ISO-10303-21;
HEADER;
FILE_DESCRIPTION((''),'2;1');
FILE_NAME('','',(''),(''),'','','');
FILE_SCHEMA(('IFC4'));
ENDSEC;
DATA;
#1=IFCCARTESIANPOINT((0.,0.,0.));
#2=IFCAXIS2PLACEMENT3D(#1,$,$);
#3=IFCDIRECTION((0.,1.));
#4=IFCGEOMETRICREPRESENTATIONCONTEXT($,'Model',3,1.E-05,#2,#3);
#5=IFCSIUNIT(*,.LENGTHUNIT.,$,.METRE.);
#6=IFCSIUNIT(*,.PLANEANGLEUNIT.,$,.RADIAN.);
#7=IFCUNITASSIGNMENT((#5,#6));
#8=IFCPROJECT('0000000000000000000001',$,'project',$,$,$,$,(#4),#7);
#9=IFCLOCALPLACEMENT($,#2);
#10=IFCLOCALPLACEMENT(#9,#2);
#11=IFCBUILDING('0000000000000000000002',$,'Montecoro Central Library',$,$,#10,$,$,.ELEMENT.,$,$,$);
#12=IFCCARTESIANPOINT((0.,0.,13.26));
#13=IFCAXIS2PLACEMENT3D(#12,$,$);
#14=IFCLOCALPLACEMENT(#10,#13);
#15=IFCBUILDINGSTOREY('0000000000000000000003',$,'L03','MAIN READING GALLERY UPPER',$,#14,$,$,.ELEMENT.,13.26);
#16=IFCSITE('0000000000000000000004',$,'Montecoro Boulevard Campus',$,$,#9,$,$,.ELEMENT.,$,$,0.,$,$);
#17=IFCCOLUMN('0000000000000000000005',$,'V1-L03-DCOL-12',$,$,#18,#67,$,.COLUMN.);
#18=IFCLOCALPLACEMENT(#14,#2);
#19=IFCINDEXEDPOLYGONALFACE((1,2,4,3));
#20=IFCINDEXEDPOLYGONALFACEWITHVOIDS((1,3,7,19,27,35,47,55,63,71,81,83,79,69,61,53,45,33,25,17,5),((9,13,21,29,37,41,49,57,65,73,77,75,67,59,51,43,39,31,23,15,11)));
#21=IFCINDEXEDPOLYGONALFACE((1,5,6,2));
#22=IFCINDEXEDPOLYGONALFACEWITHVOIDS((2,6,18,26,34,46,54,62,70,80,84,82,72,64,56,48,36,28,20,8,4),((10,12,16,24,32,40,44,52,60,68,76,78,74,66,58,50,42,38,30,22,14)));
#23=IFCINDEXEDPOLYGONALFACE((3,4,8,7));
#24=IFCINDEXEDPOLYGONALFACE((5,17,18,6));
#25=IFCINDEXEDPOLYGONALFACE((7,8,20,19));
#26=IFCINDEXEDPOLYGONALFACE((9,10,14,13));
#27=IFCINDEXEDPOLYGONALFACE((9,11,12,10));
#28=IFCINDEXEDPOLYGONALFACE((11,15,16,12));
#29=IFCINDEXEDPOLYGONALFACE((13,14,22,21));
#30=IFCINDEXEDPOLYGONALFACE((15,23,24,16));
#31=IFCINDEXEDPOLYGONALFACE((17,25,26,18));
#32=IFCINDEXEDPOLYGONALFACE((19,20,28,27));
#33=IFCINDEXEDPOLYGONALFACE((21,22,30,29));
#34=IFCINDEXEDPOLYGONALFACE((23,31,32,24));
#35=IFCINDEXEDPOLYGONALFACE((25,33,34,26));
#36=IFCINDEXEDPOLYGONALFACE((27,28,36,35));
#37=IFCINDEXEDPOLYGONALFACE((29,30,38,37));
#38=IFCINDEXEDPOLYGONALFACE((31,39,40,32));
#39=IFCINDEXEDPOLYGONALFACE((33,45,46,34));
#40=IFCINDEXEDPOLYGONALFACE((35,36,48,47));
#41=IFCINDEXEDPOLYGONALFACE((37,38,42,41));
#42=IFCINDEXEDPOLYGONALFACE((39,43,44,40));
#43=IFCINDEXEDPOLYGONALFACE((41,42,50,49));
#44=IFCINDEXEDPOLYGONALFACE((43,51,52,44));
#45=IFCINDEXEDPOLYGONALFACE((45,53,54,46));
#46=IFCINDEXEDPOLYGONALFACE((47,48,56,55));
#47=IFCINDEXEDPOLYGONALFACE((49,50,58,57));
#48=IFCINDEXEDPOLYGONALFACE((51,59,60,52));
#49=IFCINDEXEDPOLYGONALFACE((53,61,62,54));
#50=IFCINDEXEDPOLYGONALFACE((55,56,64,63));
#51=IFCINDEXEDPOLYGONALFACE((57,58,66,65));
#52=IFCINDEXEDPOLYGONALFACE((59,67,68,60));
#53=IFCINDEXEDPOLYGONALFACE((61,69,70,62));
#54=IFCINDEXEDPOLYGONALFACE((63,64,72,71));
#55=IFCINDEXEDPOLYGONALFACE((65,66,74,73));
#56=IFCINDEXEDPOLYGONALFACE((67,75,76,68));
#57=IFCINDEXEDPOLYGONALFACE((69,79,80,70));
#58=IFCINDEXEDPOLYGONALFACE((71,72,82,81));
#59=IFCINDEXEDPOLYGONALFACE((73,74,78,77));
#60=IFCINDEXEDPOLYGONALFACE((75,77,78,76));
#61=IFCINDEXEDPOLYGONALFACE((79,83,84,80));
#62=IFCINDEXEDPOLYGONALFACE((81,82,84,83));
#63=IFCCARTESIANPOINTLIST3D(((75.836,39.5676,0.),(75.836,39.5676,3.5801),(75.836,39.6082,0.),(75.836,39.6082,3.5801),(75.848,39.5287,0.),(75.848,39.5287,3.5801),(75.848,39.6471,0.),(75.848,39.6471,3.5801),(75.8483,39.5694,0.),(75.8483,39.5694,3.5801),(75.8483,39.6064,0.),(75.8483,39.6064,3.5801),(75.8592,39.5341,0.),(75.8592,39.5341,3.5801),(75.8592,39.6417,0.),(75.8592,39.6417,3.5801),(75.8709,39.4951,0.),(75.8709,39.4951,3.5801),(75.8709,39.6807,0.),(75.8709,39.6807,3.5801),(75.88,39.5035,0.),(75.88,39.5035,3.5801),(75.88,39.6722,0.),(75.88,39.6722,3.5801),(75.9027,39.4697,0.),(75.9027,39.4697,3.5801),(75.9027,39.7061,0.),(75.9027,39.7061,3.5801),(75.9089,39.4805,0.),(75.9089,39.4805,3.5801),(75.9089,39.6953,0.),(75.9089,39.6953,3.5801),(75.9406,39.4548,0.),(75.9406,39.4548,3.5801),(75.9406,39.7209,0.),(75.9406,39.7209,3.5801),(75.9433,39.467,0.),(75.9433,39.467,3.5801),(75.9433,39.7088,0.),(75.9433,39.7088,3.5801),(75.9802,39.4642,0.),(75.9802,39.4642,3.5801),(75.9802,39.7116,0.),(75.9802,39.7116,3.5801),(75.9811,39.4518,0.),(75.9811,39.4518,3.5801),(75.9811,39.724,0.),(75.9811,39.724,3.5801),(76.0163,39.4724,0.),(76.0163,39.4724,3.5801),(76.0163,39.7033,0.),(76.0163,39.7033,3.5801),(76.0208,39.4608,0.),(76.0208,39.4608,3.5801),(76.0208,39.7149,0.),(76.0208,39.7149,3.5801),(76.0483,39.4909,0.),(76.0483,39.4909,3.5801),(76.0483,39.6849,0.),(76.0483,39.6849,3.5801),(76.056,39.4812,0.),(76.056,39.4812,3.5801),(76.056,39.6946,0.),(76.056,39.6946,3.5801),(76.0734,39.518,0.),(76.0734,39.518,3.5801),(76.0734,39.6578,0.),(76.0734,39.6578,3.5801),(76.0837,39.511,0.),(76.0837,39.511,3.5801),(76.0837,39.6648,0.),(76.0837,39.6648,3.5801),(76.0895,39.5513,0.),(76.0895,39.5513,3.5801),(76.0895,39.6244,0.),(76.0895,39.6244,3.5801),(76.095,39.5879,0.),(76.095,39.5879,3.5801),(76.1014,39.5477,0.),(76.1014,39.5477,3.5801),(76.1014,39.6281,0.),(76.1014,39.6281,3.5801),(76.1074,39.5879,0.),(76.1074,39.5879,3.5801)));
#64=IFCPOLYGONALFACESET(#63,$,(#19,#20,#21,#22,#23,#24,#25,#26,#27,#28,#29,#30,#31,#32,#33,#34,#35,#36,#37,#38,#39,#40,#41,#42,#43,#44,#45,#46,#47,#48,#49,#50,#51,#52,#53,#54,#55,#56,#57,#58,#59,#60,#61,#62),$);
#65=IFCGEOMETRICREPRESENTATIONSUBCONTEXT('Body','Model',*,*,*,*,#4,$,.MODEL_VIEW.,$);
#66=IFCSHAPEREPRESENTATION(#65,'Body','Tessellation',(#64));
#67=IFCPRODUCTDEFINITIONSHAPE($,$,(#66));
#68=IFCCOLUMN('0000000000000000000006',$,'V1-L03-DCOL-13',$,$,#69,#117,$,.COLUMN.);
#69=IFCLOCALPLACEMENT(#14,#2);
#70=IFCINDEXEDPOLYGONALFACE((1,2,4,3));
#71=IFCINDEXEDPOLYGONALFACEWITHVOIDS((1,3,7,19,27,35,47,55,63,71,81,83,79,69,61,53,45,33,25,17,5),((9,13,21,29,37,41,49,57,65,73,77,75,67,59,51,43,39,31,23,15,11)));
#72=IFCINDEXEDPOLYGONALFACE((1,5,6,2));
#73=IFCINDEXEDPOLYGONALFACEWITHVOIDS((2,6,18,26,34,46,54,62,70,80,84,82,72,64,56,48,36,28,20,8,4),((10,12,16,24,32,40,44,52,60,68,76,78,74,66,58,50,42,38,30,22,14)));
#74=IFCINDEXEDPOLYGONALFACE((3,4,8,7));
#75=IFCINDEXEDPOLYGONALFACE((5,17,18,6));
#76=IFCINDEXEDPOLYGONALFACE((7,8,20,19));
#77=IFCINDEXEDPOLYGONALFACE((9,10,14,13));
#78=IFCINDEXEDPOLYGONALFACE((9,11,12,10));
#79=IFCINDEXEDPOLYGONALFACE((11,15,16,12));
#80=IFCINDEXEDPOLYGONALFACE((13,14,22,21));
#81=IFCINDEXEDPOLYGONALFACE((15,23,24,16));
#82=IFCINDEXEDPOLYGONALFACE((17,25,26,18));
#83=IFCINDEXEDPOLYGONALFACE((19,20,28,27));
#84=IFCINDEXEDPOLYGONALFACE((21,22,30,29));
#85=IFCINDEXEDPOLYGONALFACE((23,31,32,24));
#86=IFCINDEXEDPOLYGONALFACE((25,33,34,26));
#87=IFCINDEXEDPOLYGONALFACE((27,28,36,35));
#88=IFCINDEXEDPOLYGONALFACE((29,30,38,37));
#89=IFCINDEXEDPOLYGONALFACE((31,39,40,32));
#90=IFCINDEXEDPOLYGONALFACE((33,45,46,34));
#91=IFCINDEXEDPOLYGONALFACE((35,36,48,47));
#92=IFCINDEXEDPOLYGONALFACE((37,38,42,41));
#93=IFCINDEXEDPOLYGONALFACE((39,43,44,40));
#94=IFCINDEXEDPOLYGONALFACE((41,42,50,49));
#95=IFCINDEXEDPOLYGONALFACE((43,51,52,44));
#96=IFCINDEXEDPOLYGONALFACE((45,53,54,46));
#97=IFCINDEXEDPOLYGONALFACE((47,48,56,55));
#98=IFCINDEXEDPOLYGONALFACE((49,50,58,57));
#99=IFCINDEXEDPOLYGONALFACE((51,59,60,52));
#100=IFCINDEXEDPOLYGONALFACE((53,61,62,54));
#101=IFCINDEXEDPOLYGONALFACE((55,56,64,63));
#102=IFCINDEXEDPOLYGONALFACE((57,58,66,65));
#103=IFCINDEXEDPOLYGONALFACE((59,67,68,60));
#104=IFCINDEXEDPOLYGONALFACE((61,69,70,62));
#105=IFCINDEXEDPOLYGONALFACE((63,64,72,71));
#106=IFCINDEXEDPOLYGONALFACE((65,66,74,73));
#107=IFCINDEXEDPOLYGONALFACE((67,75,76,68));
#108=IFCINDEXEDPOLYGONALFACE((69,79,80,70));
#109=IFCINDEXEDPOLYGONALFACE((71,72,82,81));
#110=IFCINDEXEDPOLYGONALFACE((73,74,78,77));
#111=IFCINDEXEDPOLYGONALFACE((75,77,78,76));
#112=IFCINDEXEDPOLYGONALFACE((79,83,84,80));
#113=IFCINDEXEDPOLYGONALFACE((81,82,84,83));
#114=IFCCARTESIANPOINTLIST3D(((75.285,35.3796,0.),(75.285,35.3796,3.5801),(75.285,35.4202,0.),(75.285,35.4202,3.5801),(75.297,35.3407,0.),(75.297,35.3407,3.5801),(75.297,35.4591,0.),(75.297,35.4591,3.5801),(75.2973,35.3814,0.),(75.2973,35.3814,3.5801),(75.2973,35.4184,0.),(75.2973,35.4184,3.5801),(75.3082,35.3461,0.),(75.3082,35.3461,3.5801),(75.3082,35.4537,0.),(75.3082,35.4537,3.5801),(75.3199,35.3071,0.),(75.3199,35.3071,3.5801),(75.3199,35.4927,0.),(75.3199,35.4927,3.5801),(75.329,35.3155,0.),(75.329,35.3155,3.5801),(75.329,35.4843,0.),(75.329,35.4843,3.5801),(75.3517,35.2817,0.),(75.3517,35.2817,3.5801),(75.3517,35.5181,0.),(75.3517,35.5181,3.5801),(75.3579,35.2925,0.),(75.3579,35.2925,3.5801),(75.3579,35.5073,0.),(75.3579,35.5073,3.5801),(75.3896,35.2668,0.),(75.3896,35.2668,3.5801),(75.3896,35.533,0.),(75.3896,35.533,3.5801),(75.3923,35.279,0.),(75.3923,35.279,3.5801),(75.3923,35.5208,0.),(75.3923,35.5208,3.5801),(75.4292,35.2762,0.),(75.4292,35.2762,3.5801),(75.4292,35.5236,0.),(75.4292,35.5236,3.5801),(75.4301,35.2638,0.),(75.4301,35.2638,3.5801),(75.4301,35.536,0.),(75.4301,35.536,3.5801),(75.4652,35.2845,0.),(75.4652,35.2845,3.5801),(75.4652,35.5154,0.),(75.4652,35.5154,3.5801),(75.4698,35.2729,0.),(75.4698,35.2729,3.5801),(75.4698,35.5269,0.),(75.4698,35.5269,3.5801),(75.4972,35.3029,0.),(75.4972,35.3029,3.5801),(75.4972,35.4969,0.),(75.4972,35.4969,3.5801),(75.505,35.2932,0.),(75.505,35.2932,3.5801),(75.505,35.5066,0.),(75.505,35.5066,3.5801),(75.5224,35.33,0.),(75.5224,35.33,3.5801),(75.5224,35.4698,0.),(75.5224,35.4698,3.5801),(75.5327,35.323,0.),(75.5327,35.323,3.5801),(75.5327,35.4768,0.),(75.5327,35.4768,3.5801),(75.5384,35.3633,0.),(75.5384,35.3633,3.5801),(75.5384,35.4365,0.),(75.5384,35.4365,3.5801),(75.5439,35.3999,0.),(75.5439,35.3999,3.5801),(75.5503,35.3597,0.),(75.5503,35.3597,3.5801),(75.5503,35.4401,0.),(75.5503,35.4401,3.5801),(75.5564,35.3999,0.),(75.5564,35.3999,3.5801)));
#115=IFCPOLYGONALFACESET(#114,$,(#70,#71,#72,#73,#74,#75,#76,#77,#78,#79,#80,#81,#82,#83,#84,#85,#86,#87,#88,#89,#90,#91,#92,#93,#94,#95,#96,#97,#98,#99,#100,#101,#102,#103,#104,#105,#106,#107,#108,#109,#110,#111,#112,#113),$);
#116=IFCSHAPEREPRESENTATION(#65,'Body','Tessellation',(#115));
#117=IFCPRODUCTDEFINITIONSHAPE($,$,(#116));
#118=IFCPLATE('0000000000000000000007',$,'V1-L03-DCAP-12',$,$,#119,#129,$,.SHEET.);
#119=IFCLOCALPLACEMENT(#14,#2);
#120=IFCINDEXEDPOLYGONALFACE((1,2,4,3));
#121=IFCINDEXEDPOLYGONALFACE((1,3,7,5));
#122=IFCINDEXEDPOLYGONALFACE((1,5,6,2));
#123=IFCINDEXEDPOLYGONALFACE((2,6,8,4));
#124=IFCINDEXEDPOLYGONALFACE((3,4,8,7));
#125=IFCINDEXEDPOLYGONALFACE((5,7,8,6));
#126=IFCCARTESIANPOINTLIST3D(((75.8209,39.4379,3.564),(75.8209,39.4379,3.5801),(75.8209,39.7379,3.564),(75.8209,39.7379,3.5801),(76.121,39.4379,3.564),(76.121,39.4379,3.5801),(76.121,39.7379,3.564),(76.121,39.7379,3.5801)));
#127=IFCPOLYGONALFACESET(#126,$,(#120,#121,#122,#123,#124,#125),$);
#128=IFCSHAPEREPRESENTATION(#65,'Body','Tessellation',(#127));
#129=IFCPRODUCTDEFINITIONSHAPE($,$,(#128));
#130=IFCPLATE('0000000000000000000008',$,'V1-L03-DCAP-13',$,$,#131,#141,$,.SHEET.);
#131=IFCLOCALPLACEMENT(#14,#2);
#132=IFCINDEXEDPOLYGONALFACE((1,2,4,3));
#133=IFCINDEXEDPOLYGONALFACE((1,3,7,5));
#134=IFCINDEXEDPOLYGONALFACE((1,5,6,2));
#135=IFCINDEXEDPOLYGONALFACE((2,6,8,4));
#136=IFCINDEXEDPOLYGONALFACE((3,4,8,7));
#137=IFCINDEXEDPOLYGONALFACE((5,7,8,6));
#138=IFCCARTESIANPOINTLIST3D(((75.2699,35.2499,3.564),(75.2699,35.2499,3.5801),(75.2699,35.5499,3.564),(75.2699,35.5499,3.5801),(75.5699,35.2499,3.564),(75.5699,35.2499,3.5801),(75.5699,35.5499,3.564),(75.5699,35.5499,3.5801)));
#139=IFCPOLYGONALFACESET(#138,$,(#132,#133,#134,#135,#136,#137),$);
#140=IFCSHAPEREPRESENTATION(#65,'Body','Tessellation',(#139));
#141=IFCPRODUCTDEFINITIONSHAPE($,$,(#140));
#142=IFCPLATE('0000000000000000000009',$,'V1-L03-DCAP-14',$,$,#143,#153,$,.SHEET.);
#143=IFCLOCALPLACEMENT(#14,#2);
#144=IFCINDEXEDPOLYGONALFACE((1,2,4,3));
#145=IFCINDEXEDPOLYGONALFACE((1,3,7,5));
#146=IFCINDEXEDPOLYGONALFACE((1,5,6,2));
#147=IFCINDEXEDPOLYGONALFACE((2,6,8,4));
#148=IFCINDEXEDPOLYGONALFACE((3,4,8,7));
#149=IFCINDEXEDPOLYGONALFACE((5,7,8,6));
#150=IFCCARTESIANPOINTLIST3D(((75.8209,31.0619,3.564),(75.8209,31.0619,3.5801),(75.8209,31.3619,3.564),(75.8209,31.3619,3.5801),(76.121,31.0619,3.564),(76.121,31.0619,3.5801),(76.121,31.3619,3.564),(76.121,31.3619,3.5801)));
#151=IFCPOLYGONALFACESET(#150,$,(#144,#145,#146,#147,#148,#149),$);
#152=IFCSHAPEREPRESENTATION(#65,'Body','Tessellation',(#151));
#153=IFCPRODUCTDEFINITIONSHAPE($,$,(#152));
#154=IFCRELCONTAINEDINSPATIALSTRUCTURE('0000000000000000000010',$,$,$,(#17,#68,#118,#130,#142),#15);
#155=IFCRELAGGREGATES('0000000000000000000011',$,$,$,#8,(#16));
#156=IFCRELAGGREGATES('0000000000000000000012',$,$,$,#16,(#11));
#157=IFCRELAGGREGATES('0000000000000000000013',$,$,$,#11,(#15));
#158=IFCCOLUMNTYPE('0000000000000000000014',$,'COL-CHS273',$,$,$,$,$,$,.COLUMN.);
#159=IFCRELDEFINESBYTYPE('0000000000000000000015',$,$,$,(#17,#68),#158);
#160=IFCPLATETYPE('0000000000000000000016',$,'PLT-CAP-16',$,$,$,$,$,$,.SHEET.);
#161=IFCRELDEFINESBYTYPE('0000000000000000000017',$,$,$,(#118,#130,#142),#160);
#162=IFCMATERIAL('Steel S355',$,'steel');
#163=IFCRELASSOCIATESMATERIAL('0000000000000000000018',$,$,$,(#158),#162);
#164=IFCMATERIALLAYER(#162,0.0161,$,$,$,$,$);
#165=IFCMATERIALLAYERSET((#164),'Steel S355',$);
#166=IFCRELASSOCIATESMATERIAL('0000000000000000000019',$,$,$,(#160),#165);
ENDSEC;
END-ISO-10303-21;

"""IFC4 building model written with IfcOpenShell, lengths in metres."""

from ifc_helpers import new_model, si_unit, direction, frame, origin, origin_2d, place, context, subcontext, project, spatial, rectangle, hollow_circle, extrude, material, layer, layer_set, material_profile, profile_set, type_object, element, save


model = new_model("IFC4")

# Units and contexts
model_context = context("Model", 3, precision=1e-05, world=origin(), true_north=direction((0.0, 1.0)))
body_context = subcontext(model_context, "Body", "Model", "MODEL_VIEW")
ifc_project = project(units=[si_unit("LENGTHUNIT", "METRE"), si_unit("PLANEANGLEUNIT", "RADIAN")], contexts=[model_context])

# Site, building, storey
site_placement = place(None, origin())
site = spatial("IfcSite", under=ifc_project, at=site_placement, Name="Montecoro Boulevard Campus", CompositionType="ELEMENT", RefElevation=0.0)
building_placement = place(site_placement, origin())
building = spatial("IfcBuilding", under=site, at=building_placement, Name="Montecoro Central Library", CompositionType="ELEMENT")
storey_placement = place(building_placement, frame((0.0, 0.0, 13.26)))
storey = spatial("IfcBuildingStorey", under=building, at=storey_placement, Name="L03", Description="MAIN READING GALLERY UPPER", CompositionType="ELEMENT", Elevation=13.26)

# Columns
ifc_material_1 = material(Name="Steel S355", Category="steel")
ifc_material_profile = material_profile(ifc_material_1, hollow_circle(Radius=0.1365, WallThickness=0.0125, at=origin_2d()), Name="CHS 273.0x12.5")
ifc_profile_set = profile_set([ifc_material_profile], Name="Steel S355")
column_type = type_object("IfcColumnType", Name="COL-CHS273", PredefinedType="COLUMN", material=ifc_profile_set)
for number, where, z_axis, x_axis, name in (
    (1, (75.9709, 39.5879, 0.0), (0.0, 0.0, 1.0), (1.0, 0.0, 0.0), "V1-L03-DCOL-12"),
    (2, (75.4199, 35.3999, 0.0), (0.0, 0.0, 1.0), (1.0, 0.0, 0.0), "V1-L03-DCOL-13"),
):
    element("IfcColumn", number, at=place(storey_placement, frame(where, z_axis=z_axis, x_axis=x_axis)), inside=storey, type_object=column_type, Name=name, PredefinedType="COLUMN", context=body_context, shape_type="SweptSolid", body=[
        extrude(hollow_circle(Radius=0.1365, WallThickness=0.0125, at=origin_2d()), origin(), (0.0, 0.0, 1.0), 3.5801),
    ])

# Plates
ifc_layer_1 = layer(ifc_material_1, 0.0161)
ifc_layer_set_1 = layer_set([ifc_layer_1], Name="Steel S355")
plate_type = type_object("IfcPlateType", Name="PLT-CAP-16", PredefinedType="SHEET", material=ifc_layer_set_1)
for number, where, z_axis, x_axis, name in (
    (3, (75.9709, 39.5879, 3.564), (0.0, 0.0, 1.0), (1.0, 0.0, 0.0), "V1-L03-DCAP-12"),
    (4, (75.4199, 35.3999, 3.564), (0.0, 0.0, 1.0), (1.0, 0.0, 0.0), "V1-L03-DCAP-13"),
    (5, (75.9709, 31.2119, 3.564), (0.0, 0.0, 1.0), (1.0, 0.0, 0.0), "V1-L03-DCAP-14"),
):
    element("IfcPlate", number, at=place(storey_placement, frame(where, z_axis=z_axis, x_axis=x_axis)), inside=storey, type_object=plate_type, Name=name, PredefinedType="SHEET", context=body_context, shape_type="SweptSolid", body=[
        extrude(rectangle(XDim=0.3, YDim=0.3, at=origin_2d()), origin(), (0.0, 0.0, 1.0), 0.0161),
    ])

save(model, "model.ifc")
